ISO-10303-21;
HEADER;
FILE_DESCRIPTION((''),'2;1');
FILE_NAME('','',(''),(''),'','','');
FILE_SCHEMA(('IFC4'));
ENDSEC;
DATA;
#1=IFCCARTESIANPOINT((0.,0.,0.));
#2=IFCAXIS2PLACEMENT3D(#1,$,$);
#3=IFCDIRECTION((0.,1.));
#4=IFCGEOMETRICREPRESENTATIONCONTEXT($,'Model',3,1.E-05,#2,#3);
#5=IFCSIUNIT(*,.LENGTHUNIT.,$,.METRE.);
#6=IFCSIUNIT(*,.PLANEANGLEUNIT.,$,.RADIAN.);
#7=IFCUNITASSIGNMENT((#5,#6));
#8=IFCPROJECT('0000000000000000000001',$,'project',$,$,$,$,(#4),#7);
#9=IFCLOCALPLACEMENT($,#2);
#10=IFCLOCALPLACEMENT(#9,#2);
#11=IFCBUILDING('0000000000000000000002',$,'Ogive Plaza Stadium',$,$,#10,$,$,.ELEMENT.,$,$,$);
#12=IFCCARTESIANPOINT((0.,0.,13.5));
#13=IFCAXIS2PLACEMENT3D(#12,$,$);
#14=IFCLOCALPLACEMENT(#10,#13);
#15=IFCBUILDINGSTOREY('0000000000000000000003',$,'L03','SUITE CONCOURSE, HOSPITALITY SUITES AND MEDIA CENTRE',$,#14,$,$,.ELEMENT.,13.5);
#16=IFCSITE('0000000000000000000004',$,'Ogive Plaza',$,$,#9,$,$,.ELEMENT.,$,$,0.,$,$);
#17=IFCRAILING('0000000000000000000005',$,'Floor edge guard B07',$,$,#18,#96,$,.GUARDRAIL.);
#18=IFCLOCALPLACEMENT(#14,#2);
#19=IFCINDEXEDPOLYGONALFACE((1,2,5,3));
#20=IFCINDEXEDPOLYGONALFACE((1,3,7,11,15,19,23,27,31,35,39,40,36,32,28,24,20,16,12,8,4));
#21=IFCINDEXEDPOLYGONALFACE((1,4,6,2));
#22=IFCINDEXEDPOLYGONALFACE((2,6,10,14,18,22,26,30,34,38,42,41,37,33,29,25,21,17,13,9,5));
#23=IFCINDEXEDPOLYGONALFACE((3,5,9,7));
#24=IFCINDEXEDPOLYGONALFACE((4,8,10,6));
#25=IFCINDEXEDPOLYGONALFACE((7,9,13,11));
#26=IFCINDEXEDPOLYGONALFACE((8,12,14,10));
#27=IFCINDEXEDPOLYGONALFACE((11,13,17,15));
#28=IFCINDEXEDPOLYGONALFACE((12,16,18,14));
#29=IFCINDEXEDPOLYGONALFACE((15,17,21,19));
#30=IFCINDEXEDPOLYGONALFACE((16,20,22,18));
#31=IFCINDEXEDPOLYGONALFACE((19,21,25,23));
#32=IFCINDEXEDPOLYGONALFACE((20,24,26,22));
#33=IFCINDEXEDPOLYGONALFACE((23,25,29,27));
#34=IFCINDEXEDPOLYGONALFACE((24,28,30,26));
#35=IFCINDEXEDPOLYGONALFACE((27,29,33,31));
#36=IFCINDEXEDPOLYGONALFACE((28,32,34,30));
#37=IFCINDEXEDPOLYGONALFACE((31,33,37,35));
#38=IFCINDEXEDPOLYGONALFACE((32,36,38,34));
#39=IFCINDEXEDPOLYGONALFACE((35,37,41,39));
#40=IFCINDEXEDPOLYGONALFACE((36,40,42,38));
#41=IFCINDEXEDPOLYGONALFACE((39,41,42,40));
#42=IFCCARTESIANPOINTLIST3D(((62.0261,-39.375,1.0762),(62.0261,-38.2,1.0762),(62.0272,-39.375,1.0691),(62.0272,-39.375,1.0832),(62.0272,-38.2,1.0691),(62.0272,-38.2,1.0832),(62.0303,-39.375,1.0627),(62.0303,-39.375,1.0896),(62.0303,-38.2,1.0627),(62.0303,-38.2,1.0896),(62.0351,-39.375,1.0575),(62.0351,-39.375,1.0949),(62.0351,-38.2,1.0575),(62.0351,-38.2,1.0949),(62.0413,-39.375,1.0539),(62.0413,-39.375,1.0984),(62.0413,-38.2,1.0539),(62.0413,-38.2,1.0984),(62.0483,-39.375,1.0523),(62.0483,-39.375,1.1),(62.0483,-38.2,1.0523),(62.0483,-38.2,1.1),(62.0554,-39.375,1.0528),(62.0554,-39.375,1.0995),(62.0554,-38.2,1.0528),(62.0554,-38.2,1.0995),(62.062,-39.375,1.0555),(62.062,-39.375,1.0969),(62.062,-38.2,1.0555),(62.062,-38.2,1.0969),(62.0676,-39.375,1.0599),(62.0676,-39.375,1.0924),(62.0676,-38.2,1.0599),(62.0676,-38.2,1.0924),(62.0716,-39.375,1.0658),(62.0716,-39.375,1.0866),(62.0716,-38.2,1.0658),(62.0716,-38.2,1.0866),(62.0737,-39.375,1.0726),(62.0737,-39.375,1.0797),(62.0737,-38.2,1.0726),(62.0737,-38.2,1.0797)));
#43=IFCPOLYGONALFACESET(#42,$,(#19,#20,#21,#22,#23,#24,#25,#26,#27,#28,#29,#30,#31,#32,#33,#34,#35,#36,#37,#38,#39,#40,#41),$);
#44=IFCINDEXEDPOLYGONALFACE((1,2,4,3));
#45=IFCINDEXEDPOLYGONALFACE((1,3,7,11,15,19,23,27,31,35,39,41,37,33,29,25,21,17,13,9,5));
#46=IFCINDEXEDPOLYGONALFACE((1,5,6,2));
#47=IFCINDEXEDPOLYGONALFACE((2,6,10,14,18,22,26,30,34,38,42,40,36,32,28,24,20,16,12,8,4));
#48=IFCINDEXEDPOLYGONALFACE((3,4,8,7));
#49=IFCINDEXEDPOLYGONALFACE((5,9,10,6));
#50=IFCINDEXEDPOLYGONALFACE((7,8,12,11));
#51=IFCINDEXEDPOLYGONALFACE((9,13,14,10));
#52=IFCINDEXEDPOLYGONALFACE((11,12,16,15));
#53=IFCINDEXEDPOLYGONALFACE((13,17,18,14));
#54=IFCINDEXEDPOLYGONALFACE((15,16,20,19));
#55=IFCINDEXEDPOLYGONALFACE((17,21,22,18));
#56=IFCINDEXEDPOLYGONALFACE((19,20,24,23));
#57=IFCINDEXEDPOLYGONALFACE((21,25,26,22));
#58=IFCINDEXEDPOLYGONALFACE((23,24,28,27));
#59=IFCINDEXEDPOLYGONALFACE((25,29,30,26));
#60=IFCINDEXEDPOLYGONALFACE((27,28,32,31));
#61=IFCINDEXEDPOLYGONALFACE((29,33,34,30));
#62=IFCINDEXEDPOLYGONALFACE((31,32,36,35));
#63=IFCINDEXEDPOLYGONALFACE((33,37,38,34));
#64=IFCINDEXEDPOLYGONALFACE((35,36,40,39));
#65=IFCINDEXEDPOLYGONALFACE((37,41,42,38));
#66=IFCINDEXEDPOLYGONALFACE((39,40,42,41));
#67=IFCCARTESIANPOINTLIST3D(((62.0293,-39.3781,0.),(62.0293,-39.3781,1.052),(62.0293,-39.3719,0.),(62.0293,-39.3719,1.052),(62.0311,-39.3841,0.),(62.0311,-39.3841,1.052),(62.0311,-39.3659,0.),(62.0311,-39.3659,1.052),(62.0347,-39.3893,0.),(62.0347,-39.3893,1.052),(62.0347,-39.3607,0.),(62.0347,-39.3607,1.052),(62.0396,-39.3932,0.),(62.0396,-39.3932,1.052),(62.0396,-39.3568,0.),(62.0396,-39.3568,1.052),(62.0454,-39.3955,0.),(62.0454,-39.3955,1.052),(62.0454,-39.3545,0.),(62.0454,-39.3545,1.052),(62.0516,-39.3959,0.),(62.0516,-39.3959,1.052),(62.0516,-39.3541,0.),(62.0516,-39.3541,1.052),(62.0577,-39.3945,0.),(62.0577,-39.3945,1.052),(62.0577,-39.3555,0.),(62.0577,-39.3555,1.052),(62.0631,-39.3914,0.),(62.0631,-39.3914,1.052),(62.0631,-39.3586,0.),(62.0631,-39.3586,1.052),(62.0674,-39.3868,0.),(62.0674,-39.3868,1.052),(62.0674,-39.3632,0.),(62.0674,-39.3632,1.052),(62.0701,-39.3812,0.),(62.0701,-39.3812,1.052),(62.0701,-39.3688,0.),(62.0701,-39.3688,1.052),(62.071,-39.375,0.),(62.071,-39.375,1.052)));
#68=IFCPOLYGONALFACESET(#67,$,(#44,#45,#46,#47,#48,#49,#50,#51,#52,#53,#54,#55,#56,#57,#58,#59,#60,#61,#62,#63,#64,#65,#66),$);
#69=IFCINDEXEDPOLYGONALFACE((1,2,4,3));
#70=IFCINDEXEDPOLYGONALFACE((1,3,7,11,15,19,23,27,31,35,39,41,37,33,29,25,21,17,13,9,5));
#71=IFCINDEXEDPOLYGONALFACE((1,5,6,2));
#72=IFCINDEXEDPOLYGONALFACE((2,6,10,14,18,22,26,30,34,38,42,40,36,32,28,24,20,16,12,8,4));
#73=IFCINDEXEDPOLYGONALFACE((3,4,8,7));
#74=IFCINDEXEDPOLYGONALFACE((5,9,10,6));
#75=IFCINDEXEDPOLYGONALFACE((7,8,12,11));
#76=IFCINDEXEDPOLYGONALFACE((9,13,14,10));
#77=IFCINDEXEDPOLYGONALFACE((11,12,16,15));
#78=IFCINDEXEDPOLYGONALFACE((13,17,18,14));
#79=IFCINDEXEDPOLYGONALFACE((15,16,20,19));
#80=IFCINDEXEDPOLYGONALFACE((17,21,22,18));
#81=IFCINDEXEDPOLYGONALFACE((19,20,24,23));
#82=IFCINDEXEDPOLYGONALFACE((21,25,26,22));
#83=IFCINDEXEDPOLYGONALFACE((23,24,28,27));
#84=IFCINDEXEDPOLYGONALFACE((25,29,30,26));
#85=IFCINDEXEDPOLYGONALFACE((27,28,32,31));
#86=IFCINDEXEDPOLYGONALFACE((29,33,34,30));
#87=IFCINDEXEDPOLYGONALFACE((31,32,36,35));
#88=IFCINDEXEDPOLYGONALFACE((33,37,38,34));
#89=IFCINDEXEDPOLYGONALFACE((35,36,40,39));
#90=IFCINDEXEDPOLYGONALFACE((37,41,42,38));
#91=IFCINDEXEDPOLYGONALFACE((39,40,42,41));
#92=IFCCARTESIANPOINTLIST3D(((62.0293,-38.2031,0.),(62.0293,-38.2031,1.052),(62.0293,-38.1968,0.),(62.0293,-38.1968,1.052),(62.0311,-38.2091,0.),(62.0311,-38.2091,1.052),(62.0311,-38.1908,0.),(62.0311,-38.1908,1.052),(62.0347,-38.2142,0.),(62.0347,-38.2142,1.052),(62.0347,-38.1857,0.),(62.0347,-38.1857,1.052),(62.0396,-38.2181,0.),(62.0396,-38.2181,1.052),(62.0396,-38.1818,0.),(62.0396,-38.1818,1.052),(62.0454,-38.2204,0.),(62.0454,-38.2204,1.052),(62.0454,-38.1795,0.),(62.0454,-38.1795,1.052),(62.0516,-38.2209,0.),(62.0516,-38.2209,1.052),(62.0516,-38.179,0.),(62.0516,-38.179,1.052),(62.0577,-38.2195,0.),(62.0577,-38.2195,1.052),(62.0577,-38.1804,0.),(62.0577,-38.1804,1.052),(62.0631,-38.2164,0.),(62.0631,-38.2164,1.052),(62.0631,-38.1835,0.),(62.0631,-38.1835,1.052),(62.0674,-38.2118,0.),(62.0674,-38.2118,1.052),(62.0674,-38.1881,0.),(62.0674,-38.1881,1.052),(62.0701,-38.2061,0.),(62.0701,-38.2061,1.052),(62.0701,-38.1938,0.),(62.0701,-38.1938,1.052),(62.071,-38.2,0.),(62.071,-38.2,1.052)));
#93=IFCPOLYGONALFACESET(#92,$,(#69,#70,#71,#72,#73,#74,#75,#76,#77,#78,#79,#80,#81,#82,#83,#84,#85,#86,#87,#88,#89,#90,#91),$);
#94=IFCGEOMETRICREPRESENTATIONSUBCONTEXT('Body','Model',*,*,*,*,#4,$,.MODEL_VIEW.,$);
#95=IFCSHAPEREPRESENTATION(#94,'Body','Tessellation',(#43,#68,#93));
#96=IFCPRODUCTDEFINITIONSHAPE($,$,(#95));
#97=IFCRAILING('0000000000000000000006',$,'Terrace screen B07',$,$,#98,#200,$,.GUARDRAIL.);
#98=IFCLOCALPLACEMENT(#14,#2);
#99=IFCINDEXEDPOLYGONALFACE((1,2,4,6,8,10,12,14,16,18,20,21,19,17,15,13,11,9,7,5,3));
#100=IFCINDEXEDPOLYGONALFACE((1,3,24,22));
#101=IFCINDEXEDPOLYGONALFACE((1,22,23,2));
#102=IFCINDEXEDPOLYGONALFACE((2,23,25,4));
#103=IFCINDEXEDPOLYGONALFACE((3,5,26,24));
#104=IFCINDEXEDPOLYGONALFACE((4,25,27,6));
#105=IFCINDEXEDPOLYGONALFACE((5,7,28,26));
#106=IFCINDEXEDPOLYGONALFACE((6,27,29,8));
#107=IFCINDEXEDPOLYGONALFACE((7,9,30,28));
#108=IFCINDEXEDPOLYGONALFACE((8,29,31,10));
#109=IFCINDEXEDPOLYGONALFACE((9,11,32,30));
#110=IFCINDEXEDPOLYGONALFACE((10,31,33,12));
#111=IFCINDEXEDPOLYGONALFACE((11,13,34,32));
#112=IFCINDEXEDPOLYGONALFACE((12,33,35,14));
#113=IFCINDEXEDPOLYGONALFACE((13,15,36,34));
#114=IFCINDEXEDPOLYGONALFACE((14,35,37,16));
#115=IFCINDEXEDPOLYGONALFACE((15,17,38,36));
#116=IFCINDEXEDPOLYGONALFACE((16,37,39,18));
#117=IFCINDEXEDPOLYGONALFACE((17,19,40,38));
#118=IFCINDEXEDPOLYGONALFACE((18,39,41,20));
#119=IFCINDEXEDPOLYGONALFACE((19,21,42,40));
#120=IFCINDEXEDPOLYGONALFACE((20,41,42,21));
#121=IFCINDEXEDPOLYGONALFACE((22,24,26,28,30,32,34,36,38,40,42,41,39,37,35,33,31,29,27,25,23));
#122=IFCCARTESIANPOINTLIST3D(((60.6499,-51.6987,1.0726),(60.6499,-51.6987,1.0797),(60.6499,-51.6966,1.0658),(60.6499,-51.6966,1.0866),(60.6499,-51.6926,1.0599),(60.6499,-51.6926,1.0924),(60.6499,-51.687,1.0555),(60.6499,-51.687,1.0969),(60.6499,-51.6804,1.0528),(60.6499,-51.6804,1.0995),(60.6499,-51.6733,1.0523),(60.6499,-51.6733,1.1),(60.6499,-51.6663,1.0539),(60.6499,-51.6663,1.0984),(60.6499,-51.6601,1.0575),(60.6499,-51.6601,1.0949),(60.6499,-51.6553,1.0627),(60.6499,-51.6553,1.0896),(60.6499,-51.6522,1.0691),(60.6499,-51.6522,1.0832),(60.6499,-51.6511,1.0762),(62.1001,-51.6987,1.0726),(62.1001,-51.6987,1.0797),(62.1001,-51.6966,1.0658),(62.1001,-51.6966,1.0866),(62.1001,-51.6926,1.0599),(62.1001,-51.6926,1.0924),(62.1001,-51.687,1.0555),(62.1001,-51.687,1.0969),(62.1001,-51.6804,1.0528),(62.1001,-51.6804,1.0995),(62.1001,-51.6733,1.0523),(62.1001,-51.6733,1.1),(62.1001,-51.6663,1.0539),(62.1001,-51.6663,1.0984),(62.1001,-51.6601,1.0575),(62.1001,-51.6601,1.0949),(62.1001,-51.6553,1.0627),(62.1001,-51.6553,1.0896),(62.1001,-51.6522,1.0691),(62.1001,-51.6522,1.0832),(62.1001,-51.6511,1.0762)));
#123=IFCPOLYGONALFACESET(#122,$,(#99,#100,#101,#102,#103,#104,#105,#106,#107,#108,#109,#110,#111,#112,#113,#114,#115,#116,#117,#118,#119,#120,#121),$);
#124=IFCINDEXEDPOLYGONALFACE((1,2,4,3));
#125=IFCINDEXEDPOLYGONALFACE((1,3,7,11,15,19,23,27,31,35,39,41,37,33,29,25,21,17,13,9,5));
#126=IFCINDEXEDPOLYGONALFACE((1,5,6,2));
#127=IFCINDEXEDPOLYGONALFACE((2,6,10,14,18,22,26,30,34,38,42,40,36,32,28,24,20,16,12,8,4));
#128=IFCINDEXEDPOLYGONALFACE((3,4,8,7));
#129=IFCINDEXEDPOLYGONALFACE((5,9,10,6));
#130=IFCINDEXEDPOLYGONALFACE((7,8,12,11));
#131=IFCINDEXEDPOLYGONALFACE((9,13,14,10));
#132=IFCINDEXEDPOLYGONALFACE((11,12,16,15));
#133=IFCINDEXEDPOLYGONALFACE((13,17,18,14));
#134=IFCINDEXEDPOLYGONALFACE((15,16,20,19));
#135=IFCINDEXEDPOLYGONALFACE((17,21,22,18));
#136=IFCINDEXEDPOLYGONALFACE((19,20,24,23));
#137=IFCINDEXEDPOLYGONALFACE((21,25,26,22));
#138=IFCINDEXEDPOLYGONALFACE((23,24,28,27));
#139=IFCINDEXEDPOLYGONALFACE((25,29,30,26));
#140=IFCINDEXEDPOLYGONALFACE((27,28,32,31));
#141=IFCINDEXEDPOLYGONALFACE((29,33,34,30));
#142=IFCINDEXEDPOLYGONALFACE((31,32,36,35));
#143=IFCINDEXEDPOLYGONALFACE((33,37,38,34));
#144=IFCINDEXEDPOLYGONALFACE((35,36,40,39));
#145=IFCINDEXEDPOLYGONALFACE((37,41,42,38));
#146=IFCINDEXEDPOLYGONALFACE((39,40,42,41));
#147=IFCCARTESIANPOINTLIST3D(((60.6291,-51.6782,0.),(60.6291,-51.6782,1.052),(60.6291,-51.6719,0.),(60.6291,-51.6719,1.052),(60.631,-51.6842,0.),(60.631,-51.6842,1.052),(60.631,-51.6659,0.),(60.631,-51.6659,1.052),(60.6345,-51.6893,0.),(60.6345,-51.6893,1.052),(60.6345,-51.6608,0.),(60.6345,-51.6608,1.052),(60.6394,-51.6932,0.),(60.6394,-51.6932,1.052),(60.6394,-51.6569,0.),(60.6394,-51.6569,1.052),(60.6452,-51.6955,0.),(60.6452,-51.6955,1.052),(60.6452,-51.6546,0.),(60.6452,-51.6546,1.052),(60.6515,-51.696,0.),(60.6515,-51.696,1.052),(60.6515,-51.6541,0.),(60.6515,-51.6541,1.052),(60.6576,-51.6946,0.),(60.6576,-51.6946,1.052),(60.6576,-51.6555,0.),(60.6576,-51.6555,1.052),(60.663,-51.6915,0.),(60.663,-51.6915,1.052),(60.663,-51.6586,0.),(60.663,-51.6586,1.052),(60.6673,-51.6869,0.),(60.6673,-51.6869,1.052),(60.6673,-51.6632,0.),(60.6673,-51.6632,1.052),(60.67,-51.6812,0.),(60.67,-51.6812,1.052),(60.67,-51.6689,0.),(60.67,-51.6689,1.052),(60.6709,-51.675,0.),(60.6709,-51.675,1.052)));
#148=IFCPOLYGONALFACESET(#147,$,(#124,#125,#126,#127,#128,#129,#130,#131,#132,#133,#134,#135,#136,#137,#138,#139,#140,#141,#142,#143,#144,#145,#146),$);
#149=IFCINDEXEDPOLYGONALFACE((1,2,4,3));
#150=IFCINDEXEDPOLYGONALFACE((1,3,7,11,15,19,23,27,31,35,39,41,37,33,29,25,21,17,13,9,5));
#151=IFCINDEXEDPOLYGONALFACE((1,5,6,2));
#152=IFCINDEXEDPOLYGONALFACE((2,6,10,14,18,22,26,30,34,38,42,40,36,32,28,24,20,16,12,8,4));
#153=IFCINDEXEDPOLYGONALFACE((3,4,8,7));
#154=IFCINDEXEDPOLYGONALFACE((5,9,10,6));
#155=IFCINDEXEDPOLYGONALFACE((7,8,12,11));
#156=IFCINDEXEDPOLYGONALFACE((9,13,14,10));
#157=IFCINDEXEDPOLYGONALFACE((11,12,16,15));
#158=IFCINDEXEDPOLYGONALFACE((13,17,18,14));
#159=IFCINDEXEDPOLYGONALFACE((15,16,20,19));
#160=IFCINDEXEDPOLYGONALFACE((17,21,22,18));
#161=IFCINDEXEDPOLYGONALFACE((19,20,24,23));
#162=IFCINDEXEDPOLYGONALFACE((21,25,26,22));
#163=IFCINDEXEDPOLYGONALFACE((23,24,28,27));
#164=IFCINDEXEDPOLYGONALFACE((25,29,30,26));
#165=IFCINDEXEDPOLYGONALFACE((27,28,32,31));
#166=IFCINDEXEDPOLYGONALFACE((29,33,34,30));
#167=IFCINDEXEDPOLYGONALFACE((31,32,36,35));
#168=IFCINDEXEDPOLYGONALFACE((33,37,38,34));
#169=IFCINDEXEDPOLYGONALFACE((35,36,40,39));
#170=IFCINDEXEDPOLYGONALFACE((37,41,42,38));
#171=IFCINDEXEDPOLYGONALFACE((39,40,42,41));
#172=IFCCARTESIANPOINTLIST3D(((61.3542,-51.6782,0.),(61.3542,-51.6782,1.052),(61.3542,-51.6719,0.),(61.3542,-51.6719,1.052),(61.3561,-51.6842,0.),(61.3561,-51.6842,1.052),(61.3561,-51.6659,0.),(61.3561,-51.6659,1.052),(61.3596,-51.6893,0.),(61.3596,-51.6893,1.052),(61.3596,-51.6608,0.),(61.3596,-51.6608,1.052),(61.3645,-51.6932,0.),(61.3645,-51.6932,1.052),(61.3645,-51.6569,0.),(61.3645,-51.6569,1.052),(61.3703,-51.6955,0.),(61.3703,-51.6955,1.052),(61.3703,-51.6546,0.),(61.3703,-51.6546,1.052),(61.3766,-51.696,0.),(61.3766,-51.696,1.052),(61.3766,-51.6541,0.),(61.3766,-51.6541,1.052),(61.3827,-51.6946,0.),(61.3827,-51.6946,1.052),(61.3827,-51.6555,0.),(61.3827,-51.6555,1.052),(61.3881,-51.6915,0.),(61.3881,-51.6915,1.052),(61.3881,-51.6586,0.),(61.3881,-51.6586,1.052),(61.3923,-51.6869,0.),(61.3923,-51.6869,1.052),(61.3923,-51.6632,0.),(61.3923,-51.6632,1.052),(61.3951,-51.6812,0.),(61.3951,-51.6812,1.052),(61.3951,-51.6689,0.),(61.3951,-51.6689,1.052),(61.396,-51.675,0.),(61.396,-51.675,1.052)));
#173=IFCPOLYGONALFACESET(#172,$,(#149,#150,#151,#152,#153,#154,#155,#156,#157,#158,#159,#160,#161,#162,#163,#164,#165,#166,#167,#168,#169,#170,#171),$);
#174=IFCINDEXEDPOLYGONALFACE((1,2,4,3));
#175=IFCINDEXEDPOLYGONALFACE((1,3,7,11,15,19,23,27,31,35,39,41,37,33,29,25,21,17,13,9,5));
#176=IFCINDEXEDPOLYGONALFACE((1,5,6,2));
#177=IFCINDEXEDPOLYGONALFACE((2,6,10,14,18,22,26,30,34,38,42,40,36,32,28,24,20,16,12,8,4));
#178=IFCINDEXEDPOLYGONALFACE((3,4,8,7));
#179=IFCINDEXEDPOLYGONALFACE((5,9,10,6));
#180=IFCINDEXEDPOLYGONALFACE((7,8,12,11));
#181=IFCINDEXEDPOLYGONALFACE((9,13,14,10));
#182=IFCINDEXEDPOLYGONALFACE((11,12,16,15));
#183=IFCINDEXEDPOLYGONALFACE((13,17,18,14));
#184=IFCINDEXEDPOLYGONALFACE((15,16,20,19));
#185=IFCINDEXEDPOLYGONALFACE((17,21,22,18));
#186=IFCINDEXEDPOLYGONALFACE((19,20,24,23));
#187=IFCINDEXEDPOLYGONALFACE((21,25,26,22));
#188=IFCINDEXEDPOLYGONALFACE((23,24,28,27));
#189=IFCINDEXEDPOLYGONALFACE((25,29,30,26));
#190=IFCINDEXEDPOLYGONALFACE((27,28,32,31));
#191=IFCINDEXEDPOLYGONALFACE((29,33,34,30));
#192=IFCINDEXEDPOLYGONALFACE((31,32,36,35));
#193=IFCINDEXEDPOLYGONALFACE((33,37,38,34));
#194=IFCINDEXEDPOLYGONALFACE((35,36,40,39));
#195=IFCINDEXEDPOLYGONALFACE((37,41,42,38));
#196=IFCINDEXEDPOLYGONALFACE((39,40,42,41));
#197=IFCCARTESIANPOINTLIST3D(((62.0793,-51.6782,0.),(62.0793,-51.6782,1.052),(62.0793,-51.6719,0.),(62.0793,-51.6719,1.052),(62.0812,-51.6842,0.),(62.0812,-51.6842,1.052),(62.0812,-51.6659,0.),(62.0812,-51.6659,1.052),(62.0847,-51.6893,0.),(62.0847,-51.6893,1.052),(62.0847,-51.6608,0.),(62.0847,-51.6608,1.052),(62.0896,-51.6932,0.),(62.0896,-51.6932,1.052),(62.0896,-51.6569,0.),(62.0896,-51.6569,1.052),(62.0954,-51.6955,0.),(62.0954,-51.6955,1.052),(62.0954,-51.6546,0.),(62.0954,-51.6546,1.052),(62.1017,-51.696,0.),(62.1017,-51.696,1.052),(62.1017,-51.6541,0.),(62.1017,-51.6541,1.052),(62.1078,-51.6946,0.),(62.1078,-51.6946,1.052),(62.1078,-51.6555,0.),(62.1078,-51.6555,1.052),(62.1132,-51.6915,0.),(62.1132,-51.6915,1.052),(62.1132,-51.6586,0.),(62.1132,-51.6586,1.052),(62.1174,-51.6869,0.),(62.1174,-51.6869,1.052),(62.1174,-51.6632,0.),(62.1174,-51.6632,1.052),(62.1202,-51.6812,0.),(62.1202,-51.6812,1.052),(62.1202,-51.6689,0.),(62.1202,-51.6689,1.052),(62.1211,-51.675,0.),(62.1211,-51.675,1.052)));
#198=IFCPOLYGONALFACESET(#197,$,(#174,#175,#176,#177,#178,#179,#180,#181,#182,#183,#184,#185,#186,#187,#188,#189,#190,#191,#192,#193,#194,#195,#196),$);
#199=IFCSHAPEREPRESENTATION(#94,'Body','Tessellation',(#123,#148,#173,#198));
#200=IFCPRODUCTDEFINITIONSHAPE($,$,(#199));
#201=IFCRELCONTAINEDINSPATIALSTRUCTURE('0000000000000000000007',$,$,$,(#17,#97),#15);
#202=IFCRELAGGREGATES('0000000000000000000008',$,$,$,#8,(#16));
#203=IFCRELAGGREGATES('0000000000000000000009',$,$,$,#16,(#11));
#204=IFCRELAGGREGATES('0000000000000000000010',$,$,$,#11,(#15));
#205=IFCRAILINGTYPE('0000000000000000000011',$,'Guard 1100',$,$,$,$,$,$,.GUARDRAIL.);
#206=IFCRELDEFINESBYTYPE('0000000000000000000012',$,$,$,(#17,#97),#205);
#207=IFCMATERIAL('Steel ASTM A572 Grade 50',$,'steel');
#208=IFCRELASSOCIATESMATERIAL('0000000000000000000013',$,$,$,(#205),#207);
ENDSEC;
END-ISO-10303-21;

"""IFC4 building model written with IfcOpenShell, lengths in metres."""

from ifc_helpers import new_model, si_unit, direction, frame, origin, origin_2d, place, context, subcontext, project, spatial, circle, extrude, material, type_object, element, save


model = new_model("IFC4")

# Units and contexts
model_context = context("Model", 3, precision=1e-05, world=origin(), true_north=direction((0.0, 1.0)))
body_context = subcontext(model_context, "Body", "Model", "MODEL_VIEW")
ifc_project = project(units=[si_unit("LENGTHUNIT", "METRE"), si_unit("PLANEANGLEUNIT", "RADIAN")], contexts=[model_context])

# Site, building, storey
site_placement = place(None, origin())
site = spatial("IfcSite", under=ifc_project, at=site_placement, Name="Ogive Plaza", CompositionType="ELEMENT", RefElevation=0.0)
building_placement = place(site_placement, origin())
building = spatial("IfcBuilding", under=site, at=building_placement, Name="Ogive Plaza Stadium", CompositionType="ELEMENT")
storey_placement = place(building_placement, frame((0.0, 0.0, 13.5)))
storey = spatial("IfcBuildingStorey", under=building, at=storey_placement, Name="L03", Description="SUITE CONCOURSE, HOSPITALITY SUITES AND MEDIA CENTRE", CompositionType="ELEMENT", Elevation=13.5)

# Railings
ifc_material_1 = material(Name="Steel ASTM A572 Grade 50", Category="steel")
railing_type = type_object("IfcRailingType", Name="Guard 1100", PredefinedType="GUARDRAIL", material=ifc_material_1)
railing_1_placement = place(storey_placement, frame((62.05, -39.375, 0.0)))
element("IfcRailing", 1, at=railing_1_placement, inside=storey, type_object=railing_type, Name="Floor edge guard B07", PredefinedType="GUARDRAIL", context=body_context, shape_type="SweptSolid", body=[
    extrude(circle(Radius=0.0239, at=origin_2d()), frame((0.0, 0.0, 1.0762), z_axis=(0.0, 1.0, 0.0), x_axis=(-1.0, 0.0, 0.0)), (0.0, 0.0, 1.0), 1.175),
    extrude(circle(Radius=0.021, at=origin_2d()), origin(), (0.0, 0.0, 1.0), 1.052),
    extrude(circle(Radius=0.021, at=origin_2d()), frame((0.0, 1.175, 0.0)), (0.0, 0.0, 1.0), 1.052),
])
for number, where, name in (
    (2, (60.6499, -51.675, 0.0), "Terrace screen B07"),
):
    element("IfcRailing", number, at=place(storey_placement, frame(where)), inside=storey, type_object=railing_type, Name=name, PredefinedType="GUARDRAIL", context=body_context, shape_type="SweptSolid", body=[
        extrude(circle(Radius=0.0239, at=origin_2d()), frame((0.0, 0.0, 1.0762), z_axis=(1.0, 0.0, 0.0), x_axis=(0.0, 1.0, 0.0)), (0.0, 0.0, 1.0), 1.4502),
        extrude(circle(Radius=0.021, at=origin_2d()), origin(), (0.0, 0.0, 1.0), 1.052),
        extrude(circle(Radius=0.021, at=origin_2d()), frame((0.7251, 0.0, 0.0)), (0.0, 0.0, 1.0), 1.052),
        extrude(circle(Radius=0.021, at=origin_2d()), frame((1.4502, 0.0, 0.0)), (0.0, 0.0, 1.0), 1.052),
    ])

save(model, "model.ifc")
